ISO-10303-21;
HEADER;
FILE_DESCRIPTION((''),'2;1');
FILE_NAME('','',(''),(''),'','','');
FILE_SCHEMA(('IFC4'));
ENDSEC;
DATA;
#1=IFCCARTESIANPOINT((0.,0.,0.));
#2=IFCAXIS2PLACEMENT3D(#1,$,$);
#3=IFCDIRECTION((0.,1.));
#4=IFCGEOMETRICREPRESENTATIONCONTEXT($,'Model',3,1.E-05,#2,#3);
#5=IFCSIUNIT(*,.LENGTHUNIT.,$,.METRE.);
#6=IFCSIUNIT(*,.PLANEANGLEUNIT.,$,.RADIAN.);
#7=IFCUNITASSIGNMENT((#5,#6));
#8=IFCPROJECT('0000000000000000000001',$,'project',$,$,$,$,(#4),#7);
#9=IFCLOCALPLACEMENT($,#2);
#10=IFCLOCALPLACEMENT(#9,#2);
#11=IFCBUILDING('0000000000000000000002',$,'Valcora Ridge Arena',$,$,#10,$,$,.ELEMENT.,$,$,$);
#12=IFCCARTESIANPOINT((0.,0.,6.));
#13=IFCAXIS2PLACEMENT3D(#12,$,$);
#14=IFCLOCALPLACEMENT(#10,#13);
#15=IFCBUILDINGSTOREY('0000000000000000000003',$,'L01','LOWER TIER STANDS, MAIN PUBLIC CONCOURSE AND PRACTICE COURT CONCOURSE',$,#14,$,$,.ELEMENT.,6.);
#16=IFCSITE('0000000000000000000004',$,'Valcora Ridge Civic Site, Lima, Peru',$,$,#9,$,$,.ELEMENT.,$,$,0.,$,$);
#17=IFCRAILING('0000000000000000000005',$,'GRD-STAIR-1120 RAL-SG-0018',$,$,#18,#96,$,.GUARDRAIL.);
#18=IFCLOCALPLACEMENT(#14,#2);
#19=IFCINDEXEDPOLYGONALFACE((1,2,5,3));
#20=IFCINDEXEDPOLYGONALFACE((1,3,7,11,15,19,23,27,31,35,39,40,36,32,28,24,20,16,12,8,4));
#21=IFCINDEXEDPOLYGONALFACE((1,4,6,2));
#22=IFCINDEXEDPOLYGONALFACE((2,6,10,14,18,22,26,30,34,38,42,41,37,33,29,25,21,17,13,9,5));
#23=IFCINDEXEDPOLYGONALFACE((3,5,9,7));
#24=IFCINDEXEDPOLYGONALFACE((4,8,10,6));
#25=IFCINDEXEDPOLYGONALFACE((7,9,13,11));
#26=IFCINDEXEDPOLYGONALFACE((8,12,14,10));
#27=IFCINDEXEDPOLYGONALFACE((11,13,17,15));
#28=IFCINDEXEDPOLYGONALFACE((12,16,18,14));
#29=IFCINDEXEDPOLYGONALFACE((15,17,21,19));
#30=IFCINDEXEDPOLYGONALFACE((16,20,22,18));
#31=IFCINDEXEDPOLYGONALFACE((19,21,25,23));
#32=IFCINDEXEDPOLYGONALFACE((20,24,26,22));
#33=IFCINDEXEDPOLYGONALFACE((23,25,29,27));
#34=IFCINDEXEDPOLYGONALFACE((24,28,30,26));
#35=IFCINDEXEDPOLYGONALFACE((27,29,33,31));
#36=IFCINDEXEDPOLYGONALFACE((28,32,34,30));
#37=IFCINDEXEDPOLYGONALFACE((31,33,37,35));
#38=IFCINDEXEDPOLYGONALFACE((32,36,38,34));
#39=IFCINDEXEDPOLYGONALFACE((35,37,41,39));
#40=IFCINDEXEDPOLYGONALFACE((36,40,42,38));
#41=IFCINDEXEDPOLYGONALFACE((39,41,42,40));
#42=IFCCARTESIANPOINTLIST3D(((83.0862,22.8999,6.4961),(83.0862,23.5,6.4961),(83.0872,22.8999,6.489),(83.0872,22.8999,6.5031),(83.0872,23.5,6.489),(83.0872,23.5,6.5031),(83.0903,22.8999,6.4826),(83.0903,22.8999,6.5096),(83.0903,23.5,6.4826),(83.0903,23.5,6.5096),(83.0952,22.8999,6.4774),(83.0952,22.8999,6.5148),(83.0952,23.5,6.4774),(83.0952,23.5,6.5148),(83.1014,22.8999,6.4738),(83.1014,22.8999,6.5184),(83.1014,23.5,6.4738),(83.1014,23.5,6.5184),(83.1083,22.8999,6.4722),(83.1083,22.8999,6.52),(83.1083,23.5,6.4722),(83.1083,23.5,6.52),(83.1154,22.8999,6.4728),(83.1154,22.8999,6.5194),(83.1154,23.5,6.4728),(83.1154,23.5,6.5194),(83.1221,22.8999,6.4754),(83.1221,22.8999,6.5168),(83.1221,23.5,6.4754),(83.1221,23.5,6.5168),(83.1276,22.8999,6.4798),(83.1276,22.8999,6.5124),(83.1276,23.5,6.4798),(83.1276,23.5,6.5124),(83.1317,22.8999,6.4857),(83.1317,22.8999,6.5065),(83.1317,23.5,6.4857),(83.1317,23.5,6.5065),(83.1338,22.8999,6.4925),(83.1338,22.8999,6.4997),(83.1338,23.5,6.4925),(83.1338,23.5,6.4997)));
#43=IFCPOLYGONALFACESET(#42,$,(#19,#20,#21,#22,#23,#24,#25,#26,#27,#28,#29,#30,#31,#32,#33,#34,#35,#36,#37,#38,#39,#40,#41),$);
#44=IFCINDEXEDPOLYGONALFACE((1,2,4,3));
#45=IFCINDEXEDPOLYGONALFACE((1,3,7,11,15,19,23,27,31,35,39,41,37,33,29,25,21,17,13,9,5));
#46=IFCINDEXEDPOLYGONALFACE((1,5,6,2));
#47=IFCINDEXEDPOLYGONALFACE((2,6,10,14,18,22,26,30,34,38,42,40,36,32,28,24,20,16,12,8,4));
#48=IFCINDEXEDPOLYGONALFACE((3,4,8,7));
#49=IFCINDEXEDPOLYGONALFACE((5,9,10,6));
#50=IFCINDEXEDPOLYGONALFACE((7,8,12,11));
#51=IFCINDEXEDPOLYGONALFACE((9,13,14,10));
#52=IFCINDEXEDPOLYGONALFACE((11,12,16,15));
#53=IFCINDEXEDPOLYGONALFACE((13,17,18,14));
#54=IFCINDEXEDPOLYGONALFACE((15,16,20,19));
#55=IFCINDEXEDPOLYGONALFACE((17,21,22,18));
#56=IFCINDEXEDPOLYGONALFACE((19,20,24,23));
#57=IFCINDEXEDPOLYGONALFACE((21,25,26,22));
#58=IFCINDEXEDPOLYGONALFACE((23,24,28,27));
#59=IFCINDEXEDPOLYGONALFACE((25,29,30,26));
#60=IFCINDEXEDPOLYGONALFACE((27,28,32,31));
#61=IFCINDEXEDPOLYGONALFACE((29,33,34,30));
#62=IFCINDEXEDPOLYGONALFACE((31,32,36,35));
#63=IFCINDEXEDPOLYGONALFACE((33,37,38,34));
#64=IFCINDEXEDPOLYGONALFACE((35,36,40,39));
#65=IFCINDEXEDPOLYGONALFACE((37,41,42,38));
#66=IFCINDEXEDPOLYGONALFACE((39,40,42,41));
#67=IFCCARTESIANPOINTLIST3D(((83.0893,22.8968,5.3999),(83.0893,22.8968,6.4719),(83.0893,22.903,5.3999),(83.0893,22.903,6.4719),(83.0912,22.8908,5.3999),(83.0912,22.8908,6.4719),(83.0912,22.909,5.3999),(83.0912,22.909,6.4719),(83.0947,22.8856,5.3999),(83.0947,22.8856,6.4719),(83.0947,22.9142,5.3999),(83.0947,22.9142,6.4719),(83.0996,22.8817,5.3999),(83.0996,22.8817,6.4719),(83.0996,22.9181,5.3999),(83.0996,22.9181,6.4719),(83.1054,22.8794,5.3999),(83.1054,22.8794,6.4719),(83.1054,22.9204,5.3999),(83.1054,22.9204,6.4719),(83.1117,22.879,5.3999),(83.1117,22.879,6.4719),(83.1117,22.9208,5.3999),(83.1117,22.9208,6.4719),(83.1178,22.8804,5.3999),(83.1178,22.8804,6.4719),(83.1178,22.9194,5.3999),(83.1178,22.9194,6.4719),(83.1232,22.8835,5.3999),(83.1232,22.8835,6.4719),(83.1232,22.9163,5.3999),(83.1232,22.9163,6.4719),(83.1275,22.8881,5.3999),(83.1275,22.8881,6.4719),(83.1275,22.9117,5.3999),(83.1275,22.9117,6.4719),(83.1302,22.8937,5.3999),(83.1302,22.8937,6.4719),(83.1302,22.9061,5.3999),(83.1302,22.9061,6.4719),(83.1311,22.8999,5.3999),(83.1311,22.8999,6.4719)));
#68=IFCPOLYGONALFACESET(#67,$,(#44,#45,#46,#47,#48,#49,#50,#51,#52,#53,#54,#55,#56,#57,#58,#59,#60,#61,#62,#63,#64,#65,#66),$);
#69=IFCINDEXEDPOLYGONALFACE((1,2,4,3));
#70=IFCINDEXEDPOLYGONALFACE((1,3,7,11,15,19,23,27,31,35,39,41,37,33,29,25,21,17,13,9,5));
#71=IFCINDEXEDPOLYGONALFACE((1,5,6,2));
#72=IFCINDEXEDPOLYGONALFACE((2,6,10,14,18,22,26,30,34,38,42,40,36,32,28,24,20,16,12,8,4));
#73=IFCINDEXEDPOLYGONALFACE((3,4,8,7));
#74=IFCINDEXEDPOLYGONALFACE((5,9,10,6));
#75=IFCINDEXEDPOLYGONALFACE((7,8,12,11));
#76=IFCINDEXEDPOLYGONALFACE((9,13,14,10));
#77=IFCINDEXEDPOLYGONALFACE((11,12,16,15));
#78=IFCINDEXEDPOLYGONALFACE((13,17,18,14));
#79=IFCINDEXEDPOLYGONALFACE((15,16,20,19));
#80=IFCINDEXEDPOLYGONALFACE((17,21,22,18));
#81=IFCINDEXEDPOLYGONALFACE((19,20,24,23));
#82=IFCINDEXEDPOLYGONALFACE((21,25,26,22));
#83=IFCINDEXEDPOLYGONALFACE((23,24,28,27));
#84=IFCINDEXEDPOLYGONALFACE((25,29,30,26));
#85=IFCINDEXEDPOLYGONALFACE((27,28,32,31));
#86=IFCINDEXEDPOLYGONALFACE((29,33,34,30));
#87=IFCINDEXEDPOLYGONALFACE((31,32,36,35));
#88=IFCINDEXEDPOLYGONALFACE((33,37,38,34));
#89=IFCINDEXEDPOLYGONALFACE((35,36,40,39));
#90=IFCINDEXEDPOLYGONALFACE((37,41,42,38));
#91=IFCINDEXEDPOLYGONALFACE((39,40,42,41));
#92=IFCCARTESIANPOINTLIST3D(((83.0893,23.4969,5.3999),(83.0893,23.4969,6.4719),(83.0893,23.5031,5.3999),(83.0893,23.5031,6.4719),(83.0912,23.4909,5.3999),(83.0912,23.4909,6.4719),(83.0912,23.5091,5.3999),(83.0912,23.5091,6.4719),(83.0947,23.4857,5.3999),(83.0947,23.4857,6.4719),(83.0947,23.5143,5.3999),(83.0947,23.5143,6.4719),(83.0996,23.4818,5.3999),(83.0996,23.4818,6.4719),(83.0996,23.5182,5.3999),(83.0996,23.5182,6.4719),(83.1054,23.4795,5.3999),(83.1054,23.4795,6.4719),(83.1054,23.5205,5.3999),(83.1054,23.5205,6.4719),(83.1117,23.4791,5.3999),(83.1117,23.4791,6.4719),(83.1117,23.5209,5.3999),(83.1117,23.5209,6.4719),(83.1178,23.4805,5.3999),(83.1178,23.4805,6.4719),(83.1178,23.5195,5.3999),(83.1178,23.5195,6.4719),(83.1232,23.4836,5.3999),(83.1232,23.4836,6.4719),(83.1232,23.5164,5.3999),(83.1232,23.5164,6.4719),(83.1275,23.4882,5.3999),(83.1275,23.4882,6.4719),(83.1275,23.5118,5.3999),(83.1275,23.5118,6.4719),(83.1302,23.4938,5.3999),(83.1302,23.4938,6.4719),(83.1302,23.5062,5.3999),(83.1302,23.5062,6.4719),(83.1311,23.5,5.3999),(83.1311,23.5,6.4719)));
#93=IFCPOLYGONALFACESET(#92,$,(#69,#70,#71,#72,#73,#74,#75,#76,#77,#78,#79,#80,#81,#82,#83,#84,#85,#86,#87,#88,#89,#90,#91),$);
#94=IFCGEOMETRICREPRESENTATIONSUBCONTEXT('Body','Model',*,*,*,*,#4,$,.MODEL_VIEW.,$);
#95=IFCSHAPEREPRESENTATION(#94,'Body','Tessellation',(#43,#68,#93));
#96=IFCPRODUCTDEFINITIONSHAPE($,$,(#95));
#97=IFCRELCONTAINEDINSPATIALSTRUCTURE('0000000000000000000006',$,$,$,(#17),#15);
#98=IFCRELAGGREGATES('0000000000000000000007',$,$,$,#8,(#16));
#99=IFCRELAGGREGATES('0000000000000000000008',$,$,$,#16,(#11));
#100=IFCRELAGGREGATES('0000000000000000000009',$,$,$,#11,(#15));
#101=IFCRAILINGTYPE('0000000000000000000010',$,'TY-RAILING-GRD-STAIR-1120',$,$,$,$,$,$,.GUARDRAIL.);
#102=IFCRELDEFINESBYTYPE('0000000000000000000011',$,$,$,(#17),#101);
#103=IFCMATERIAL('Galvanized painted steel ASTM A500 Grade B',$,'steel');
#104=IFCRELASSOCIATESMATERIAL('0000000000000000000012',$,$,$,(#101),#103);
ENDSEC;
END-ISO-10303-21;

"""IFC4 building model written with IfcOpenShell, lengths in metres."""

from ifc_helpers import new_model, si_unit, direction, frame, origin, origin_2d, place, context, subcontext, project, spatial, circle, extrude, material, type_object, element, save


model = new_model("IFC4")

# Units and contexts
model_context = context("Model", 3, precision=1e-05, world=origin(), true_north=direction((0.0, 1.0)))
body_context = subcontext(model_context, "Body", "Model", "MODEL_VIEW")
ifc_project = project(units=[si_unit("LENGTHUNIT", "METRE"), si_unit("PLANEANGLEUNIT", "RADIAN")], contexts=[model_context])

# Site, building, storey
site_placement = place(None, origin())
site = spatial("IfcSite", under=ifc_project, at=site_placement, Name="Valcora Ridge Civic Site, Lima, Peru", CompositionType="ELEMENT", RefElevation=0.0)
building_placement = place(site_placement, origin())
building = spatial("IfcBuilding", under=site, at=building_placement, Name="Valcora Ridge Arena", CompositionType="ELEMENT")
storey_placement = place(building_placement, frame((0.0, 0.0, 6.0)))
storey = spatial("IfcBuildingStorey", under=building, at=storey_placement, Name="L01", Description="LOWER TIER STANDS, MAIN PUBLIC CONCOURSE AND PRACTICE COURT CONCOURSE", CompositionType="ELEMENT", Elevation=6.0)

# Railing
ifc_material_1 = material(Name="Galvanized painted steel ASTM A500 Grade B", Category="steel")
railing_type_1 = type_object("IfcRailingType", Name="TY-RAILING-GRD-STAIR-1120", PredefinedType="GUARDRAIL", material=ifc_material_1)
railing_1_placement = place(storey_placement, frame((83.1101, 22.8999, 5.3999)))
element("IfcRailing", 1, at=railing_1_placement, inside=storey, type_object=railing_type_1, Name="GRD-STAIR-1120 RAL-SG-0018", PredefinedType="GUARDRAIL", context=body_context, shape_type="SweptSolid", body=[
    extrude(circle(Radius=0.0239, at=origin_2d()), frame((0.0, 0.0, 1.0962), z_axis=(0.0, 1.0, 0.0), x_axis=(-1.0, 0.0, 0.0)), (0.0, 0.0, 1.0), 0.6001),
    extrude(circle(Radius=0.021, at=origin_2d()), origin(), (0.0, 0.0, 1.0), 1.072),
    extrude(circle(Radius=0.021, at=origin_2d()), frame((0.0, 0.6001, 0.0)), (0.0, 0.0, 1.0), 1.072),
])

save(model, "model.ifc")
